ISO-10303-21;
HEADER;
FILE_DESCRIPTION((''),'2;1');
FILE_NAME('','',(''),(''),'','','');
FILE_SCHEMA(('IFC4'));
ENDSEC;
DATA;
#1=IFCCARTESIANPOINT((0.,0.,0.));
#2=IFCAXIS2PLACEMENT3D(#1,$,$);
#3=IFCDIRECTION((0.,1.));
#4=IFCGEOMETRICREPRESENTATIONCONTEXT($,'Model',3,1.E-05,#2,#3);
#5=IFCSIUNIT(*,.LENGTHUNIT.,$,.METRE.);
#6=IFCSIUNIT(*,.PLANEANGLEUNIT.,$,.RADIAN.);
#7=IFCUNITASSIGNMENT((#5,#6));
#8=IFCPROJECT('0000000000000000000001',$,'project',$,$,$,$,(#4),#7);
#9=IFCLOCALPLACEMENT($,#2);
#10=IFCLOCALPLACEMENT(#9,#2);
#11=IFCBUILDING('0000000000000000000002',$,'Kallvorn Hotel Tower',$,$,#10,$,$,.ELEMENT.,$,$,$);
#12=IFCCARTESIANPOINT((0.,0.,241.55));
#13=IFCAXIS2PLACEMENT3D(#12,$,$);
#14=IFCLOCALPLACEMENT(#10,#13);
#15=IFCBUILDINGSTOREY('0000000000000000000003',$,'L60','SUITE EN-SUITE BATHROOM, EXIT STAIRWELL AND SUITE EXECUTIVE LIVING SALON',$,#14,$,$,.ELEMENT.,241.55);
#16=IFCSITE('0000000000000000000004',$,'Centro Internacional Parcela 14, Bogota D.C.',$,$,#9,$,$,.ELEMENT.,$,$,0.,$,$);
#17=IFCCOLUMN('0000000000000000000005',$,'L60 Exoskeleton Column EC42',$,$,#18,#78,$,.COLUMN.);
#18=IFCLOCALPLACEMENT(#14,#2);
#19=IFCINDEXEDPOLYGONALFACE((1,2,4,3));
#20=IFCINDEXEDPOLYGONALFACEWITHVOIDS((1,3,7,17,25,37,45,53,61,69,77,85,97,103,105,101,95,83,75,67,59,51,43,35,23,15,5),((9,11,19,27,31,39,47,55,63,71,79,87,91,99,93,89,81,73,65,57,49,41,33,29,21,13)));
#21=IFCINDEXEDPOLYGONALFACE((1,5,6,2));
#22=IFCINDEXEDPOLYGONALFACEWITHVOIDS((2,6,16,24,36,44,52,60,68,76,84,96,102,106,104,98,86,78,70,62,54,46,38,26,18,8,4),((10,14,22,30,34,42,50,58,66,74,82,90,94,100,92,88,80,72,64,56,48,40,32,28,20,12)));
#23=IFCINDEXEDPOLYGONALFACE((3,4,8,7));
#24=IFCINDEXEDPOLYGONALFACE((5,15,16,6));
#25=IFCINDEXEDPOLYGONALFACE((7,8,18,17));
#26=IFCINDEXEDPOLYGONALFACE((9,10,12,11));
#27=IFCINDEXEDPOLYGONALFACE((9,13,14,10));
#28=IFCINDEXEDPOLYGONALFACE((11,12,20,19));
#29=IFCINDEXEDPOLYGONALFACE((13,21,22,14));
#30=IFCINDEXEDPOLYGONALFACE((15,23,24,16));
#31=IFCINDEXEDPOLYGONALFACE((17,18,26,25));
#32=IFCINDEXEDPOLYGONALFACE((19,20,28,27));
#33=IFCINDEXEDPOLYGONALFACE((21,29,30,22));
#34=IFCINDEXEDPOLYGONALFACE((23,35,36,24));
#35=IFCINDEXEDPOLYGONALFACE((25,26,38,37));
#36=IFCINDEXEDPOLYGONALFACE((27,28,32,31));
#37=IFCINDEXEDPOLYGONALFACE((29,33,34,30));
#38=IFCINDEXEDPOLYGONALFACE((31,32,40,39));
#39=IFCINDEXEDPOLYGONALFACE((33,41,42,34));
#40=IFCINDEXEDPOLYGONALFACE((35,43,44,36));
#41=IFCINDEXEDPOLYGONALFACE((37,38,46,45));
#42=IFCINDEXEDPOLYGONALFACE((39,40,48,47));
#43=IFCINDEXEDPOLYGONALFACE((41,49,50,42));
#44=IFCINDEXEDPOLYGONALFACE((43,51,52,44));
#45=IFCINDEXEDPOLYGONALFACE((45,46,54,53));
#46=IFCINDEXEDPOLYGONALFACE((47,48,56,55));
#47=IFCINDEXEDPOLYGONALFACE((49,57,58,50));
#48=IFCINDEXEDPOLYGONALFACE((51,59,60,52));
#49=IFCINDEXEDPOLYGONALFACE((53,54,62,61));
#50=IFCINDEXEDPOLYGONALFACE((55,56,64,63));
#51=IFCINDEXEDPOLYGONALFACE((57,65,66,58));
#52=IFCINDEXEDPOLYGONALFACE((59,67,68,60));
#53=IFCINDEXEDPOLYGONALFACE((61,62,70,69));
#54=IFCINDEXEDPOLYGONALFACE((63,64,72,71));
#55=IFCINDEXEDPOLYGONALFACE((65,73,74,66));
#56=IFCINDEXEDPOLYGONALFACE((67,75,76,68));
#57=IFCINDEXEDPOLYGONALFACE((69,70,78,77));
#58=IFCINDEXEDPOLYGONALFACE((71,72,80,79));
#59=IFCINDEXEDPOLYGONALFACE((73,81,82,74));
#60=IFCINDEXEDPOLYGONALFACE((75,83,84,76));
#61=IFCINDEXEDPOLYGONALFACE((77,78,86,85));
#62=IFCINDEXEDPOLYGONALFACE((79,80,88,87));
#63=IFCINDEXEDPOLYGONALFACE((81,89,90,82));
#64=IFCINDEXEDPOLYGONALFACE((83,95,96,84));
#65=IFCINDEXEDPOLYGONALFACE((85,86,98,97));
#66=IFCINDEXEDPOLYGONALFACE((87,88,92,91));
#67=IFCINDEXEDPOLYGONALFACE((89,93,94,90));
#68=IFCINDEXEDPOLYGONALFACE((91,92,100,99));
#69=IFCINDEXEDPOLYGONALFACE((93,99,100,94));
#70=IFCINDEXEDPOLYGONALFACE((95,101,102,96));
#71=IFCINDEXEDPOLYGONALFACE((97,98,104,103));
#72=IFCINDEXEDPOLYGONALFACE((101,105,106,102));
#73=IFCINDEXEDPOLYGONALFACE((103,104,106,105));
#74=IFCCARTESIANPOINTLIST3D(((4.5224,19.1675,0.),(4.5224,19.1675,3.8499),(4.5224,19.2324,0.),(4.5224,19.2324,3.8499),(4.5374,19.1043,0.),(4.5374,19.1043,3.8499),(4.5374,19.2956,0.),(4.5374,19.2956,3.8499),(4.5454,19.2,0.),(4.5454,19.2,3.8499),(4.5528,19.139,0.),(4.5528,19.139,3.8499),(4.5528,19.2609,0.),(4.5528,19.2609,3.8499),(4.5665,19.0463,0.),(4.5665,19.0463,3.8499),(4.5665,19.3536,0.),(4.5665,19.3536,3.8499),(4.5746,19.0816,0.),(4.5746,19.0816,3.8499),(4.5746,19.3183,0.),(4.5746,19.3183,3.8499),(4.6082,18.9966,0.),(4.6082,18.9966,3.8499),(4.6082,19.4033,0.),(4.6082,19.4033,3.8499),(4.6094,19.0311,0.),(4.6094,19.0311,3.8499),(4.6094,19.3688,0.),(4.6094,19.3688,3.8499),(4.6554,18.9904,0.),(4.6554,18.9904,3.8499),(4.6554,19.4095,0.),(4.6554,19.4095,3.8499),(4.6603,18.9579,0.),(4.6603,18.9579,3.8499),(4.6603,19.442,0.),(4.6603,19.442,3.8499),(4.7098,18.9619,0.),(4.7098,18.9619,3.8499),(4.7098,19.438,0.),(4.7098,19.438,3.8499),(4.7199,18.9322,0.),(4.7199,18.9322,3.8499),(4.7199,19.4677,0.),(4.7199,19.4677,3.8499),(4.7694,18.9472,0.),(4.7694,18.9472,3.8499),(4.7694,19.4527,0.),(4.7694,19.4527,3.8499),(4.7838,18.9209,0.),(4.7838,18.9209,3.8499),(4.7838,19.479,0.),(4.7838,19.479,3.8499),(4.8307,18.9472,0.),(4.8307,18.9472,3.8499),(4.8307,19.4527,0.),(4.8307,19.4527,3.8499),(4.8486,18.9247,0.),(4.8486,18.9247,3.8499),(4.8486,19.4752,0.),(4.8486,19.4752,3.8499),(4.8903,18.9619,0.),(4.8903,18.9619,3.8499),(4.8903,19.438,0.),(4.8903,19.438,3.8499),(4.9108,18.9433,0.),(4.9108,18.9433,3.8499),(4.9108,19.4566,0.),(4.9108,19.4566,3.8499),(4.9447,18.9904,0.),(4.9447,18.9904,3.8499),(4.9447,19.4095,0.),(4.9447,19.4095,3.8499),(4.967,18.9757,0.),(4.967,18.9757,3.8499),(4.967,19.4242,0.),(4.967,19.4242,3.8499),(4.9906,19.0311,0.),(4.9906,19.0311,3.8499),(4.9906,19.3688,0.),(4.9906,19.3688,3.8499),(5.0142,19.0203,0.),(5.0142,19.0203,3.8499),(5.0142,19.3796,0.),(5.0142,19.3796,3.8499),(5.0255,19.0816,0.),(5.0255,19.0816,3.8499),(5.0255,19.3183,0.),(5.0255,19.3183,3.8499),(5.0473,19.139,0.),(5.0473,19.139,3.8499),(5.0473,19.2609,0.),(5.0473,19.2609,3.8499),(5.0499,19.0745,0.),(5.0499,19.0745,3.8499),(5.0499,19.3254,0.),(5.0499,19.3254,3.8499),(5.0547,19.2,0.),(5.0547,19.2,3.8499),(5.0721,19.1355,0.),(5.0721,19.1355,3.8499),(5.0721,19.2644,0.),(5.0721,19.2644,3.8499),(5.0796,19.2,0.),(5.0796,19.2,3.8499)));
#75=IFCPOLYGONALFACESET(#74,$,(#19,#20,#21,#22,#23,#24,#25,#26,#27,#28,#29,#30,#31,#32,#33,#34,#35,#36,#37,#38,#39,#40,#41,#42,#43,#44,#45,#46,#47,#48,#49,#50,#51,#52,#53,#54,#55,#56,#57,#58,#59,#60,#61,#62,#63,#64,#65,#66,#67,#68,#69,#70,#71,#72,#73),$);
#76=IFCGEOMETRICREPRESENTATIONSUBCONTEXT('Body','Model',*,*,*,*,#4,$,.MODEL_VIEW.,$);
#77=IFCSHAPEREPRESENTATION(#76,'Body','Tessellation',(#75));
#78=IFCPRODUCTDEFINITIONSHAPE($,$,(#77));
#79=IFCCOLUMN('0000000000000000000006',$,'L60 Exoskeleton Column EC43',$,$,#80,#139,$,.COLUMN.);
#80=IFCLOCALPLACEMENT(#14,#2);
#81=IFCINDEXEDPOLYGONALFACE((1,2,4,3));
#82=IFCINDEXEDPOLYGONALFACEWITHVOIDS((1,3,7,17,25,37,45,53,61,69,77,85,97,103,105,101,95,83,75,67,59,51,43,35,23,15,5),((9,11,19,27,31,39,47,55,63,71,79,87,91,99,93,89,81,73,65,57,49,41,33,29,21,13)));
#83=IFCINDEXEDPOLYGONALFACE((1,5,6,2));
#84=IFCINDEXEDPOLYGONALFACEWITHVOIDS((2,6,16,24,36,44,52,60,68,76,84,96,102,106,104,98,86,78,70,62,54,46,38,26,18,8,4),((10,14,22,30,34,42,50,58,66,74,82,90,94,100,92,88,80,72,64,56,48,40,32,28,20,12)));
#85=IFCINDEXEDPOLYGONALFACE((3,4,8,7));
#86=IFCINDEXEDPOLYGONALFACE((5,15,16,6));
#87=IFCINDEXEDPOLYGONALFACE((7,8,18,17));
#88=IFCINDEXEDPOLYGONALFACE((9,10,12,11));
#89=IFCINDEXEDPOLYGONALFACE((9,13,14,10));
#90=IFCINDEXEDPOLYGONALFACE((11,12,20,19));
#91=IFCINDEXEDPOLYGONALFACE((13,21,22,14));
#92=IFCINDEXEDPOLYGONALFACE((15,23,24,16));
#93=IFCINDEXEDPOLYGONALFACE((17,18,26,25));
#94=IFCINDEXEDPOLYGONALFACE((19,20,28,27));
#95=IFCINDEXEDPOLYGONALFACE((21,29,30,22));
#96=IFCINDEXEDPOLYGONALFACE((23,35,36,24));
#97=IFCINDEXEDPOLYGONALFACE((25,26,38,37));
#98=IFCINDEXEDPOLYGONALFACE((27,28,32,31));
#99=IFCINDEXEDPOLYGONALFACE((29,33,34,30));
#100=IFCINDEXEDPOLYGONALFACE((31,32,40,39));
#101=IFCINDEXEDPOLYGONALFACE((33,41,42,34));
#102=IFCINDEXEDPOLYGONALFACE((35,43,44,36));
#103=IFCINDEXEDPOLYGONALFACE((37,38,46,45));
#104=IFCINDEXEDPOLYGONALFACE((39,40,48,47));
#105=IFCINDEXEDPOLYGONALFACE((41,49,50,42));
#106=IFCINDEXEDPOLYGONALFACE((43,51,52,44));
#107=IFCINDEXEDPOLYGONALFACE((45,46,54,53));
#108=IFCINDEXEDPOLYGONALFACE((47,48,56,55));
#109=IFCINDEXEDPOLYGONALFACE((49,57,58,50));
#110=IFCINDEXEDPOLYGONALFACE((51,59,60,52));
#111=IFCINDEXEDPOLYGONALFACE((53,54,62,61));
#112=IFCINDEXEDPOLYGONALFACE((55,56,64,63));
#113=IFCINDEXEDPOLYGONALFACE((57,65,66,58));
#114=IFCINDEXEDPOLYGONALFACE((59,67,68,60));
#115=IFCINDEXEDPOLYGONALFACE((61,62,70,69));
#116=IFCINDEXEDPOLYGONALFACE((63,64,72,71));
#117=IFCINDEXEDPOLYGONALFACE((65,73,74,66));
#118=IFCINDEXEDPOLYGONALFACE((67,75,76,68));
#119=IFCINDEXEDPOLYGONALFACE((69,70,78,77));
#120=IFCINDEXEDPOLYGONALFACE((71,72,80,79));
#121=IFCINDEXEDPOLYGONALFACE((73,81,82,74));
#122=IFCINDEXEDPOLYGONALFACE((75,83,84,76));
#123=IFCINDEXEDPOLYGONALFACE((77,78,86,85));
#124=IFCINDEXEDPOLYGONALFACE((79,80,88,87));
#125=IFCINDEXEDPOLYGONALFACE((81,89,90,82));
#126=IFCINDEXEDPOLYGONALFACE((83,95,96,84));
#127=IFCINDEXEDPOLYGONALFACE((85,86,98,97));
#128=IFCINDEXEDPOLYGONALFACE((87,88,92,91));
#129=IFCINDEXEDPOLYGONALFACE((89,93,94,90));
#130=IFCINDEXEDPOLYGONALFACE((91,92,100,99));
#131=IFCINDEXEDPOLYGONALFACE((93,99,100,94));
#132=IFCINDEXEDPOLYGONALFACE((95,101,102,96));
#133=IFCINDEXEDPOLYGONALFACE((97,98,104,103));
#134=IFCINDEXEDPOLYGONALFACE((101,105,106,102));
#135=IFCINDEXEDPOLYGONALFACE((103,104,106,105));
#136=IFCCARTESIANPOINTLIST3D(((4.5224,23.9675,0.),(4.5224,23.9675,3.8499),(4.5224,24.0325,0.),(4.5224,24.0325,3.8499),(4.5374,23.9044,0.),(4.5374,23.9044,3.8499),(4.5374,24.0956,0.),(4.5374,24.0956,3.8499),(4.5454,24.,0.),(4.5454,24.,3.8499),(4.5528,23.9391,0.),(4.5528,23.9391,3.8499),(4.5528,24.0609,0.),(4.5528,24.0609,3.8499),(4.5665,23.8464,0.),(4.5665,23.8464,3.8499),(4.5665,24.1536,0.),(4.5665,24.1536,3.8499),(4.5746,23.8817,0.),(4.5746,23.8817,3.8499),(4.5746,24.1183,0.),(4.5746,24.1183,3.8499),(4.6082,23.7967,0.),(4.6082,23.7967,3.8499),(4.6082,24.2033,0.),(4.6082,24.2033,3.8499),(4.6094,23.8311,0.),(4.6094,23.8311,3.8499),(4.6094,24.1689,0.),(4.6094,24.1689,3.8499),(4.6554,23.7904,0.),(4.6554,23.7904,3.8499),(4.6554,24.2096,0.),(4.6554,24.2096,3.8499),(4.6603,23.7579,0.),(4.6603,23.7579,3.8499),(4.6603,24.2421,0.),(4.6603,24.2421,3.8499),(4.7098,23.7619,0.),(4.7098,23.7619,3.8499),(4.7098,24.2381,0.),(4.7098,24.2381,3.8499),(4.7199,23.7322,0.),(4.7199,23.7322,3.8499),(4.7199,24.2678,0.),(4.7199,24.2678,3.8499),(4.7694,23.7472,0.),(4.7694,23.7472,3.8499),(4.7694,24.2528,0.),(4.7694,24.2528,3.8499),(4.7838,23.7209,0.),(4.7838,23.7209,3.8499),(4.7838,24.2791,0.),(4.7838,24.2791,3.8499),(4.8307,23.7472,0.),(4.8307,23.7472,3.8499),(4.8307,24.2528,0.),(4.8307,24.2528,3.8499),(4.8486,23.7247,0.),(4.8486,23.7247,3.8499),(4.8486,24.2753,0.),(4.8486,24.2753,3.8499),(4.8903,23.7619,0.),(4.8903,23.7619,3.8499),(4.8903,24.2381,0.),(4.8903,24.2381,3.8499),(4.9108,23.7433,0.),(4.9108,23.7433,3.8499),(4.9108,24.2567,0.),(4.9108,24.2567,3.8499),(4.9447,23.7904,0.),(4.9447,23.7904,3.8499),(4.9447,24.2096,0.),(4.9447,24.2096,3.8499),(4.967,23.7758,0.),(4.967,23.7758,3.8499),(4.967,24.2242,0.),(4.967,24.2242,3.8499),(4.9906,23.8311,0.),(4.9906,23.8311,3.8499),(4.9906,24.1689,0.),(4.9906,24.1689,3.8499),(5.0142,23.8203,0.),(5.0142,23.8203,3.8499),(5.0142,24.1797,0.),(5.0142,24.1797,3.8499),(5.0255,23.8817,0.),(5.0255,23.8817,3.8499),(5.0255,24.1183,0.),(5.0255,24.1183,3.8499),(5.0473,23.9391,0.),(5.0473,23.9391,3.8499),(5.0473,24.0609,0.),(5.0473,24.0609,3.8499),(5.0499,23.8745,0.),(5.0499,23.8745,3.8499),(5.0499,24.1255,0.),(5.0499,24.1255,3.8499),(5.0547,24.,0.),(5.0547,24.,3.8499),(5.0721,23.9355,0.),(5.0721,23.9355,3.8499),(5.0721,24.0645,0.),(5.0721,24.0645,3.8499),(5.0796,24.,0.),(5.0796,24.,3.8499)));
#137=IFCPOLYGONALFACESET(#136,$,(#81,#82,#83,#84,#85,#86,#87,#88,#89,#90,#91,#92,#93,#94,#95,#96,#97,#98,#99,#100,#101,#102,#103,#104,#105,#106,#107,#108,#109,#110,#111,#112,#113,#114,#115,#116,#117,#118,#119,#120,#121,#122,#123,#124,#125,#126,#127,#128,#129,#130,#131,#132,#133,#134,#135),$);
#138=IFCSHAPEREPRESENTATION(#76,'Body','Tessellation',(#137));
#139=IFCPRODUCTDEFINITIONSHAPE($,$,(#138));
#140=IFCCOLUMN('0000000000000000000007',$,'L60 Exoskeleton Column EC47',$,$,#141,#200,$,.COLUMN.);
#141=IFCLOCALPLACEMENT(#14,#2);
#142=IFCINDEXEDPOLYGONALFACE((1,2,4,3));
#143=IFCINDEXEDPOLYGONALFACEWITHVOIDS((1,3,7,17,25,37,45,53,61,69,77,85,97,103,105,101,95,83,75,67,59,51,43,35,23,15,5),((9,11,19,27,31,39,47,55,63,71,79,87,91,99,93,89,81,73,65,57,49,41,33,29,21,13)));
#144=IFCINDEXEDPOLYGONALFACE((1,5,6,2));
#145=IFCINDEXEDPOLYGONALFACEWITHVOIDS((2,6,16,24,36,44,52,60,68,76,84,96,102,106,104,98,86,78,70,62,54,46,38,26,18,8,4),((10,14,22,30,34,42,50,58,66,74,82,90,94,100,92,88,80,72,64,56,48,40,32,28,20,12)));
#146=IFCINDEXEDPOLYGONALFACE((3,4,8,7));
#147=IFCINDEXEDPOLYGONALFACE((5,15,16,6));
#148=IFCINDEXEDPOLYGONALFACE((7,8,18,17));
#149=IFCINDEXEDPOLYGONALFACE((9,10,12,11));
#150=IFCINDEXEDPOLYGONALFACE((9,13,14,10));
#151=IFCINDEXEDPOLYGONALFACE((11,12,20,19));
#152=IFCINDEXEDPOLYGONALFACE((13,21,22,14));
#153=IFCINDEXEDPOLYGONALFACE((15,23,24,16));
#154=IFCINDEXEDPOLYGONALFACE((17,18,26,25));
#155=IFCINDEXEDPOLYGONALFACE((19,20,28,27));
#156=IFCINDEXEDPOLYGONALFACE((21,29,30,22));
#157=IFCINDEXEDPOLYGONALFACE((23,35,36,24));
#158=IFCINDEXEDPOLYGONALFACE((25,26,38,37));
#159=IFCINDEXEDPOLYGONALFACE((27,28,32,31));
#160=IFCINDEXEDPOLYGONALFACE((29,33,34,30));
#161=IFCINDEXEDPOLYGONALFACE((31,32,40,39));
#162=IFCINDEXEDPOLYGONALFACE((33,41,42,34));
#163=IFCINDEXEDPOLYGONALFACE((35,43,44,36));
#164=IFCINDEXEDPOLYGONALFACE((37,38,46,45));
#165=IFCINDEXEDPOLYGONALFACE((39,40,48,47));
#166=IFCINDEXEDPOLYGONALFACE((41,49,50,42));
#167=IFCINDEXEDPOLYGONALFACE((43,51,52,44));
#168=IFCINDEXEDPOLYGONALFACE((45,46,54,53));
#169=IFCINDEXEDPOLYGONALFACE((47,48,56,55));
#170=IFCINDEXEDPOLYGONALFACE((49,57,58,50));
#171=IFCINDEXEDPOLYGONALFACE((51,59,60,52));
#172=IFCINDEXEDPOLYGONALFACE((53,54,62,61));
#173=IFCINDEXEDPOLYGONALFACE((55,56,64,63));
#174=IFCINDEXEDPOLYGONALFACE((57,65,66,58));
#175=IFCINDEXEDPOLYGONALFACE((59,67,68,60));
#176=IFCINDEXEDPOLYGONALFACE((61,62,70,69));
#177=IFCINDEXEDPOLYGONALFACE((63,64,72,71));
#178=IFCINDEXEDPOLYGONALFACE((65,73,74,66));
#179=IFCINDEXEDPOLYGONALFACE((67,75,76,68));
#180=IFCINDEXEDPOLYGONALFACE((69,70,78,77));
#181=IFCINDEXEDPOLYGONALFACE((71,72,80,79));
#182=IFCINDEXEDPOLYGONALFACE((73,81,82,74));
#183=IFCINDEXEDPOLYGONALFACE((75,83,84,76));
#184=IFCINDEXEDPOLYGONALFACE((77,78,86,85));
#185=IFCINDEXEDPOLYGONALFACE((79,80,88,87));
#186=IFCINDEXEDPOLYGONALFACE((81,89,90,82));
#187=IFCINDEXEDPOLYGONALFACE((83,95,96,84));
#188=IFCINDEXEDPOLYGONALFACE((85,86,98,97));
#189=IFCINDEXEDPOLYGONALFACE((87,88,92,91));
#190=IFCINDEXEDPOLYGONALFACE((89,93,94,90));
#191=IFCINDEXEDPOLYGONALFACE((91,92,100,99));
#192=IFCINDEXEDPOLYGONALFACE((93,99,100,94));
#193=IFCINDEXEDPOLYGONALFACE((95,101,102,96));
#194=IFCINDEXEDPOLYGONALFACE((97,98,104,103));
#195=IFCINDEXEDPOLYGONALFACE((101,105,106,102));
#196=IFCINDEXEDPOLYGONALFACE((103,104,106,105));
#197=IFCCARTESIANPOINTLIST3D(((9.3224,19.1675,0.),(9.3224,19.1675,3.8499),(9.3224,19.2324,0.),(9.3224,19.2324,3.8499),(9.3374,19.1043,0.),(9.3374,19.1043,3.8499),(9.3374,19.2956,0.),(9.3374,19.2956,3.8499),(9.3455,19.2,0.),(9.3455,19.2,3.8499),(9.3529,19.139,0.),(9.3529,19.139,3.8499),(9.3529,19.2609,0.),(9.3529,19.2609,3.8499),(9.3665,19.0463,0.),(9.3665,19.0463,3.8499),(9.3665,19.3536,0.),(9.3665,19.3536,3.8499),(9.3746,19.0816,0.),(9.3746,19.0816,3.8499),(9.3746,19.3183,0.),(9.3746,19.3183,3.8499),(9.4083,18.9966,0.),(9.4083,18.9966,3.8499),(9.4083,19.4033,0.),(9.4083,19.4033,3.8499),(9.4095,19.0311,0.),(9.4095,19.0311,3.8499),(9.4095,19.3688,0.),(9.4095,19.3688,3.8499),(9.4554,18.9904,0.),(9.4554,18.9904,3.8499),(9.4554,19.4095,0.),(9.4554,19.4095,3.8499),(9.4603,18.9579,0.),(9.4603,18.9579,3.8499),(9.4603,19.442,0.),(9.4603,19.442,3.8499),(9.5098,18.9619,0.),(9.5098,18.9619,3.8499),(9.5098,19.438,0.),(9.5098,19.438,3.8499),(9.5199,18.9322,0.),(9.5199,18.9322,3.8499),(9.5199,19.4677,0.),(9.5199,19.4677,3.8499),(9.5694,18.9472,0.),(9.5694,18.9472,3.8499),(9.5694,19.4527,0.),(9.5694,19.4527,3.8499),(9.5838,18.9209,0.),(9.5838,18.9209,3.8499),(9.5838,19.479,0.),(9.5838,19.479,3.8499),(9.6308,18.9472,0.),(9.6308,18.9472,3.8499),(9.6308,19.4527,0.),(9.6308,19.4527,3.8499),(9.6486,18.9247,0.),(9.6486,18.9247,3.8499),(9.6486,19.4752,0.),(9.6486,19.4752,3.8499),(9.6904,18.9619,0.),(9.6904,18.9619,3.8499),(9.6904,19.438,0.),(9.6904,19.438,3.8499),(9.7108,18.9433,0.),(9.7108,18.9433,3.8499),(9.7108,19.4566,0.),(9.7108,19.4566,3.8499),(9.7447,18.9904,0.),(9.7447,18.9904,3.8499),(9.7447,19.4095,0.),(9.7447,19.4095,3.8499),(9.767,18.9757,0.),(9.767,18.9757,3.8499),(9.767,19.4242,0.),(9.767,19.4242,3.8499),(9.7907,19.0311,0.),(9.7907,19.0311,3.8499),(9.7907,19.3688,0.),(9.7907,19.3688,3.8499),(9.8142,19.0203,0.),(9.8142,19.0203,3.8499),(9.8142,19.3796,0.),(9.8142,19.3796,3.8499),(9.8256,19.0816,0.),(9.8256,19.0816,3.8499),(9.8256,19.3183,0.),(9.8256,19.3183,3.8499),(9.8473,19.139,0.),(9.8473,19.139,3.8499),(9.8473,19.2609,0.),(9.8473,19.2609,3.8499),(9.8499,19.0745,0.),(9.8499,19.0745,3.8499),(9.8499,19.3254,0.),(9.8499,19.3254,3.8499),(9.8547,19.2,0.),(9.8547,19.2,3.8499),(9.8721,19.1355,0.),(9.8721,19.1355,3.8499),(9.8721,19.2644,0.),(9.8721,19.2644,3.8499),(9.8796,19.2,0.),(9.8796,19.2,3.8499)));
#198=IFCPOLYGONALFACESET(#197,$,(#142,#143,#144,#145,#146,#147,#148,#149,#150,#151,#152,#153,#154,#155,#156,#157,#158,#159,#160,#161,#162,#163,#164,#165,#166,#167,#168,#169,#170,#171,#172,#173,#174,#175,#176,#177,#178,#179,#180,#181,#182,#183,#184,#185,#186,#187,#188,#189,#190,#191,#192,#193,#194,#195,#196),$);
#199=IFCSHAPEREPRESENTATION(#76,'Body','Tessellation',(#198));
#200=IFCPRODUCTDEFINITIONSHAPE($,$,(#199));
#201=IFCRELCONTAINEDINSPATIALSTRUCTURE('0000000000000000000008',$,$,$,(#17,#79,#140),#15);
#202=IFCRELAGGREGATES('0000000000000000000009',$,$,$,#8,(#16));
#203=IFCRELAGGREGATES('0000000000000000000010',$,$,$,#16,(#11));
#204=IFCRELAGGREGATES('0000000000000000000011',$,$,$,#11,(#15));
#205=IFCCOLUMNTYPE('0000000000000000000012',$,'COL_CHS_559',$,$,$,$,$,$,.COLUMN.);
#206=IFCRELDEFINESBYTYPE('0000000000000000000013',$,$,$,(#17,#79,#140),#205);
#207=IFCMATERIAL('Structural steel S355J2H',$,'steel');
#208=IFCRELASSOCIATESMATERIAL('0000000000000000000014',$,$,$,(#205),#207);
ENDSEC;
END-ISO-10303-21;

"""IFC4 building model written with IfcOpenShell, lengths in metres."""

from ifc_helpers import new_model, si_unit, direction, frame, origin, origin_2d, place, context, subcontext, project, spatial, hollow_circle, extrude, material, material_profile, profile_set, type_object, element, save


model = new_model("IFC4")

# Units and contexts
model_context = context("Model", 3, precision=1e-05, world=origin(), true_north=direction((0.0, 1.0)))
body_context = subcontext(model_context, "Body", "Model", "MODEL_VIEW")
ifc_project = project(units=[si_unit("LENGTHUNIT", "METRE"), si_unit("PLANEANGLEUNIT", "RADIAN")], contexts=[model_context])

# Site, building, storey
site_placement = place(None, origin())
site = spatial("IfcSite", under=ifc_project, at=site_placement, Name="Centro Internacional Parcela 14, Bogota D.C.", CompositionType="ELEMENT", RefElevation=0.0)
building_placement = place(site_placement, origin())
building = spatial("IfcBuilding", under=site, at=building_placement, Name="Kallvorn Hotel Tower", CompositionType="ELEMENT")
storey_placement = place(building_placement, frame((0.0, 0.0, 241.55)))
storey = spatial("IfcBuildingStorey", under=building, at=storey_placement, Name="L60", Description="SUITE EN-SUITE BATHROOM, EXIT STAIRWELL AND SUITE EXECUTIVE LIVING SALON", CompositionType="ELEMENT", Elevation=241.55)

# Columns
ifc_material_1 = material(Name="Structural steel S355J2H", Category="steel")
ifc_material_profile_1 = material_profile(ifc_material_1, hollow_circle(Radius=0.2795, WallThickness=0.0249, at=origin_2d()), Name="CHS 559x25")
ifc_profile_set_1 = profile_set([ifc_material_profile_1], Name="Structural steel S355J2H")
column_type_1 = type_object("IfcColumnType", Name="COL_CHS_559", PredefinedType="COLUMN", material=ifc_profile_set_1)
for number, where, z_axis, x_axis, name in (
    (1, (4.8, 19.2, 0.0), (0.0, 0.0, 1.0), (1.0, 0.0, 0.0), "L60 Exoskeleton Column EC42"),
    (2, (4.8, 24.0, 0.0), (0.0, 0.0, 1.0), (1.0, 0.0, 0.0), "L60 Exoskeleton Column EC43"),
    (3, (9.6001, 19.2, 0.0), (0.0, 0.0, 1.0), (1.0, 0.0, 0.0), "L60 Exoskeleton Column EC47"),
):
    element("IfcColumn", number, at=place(storey_placement, frame(where, z_axis=z_axis, x_axis=x_axis)), inside=storey, type_object=column_type_1, Name=name, PredefinedType="COLUMN", context=body_context, shape_type="SweptSolid", body=[
        extrude(hollow_circle(Radius=0.2795, WallThickness=0.0249, at=origin_2d()), origin(), (0.0, 0.0, 1.0), 3.8499),
    ])

save(model, "model.ifc")
